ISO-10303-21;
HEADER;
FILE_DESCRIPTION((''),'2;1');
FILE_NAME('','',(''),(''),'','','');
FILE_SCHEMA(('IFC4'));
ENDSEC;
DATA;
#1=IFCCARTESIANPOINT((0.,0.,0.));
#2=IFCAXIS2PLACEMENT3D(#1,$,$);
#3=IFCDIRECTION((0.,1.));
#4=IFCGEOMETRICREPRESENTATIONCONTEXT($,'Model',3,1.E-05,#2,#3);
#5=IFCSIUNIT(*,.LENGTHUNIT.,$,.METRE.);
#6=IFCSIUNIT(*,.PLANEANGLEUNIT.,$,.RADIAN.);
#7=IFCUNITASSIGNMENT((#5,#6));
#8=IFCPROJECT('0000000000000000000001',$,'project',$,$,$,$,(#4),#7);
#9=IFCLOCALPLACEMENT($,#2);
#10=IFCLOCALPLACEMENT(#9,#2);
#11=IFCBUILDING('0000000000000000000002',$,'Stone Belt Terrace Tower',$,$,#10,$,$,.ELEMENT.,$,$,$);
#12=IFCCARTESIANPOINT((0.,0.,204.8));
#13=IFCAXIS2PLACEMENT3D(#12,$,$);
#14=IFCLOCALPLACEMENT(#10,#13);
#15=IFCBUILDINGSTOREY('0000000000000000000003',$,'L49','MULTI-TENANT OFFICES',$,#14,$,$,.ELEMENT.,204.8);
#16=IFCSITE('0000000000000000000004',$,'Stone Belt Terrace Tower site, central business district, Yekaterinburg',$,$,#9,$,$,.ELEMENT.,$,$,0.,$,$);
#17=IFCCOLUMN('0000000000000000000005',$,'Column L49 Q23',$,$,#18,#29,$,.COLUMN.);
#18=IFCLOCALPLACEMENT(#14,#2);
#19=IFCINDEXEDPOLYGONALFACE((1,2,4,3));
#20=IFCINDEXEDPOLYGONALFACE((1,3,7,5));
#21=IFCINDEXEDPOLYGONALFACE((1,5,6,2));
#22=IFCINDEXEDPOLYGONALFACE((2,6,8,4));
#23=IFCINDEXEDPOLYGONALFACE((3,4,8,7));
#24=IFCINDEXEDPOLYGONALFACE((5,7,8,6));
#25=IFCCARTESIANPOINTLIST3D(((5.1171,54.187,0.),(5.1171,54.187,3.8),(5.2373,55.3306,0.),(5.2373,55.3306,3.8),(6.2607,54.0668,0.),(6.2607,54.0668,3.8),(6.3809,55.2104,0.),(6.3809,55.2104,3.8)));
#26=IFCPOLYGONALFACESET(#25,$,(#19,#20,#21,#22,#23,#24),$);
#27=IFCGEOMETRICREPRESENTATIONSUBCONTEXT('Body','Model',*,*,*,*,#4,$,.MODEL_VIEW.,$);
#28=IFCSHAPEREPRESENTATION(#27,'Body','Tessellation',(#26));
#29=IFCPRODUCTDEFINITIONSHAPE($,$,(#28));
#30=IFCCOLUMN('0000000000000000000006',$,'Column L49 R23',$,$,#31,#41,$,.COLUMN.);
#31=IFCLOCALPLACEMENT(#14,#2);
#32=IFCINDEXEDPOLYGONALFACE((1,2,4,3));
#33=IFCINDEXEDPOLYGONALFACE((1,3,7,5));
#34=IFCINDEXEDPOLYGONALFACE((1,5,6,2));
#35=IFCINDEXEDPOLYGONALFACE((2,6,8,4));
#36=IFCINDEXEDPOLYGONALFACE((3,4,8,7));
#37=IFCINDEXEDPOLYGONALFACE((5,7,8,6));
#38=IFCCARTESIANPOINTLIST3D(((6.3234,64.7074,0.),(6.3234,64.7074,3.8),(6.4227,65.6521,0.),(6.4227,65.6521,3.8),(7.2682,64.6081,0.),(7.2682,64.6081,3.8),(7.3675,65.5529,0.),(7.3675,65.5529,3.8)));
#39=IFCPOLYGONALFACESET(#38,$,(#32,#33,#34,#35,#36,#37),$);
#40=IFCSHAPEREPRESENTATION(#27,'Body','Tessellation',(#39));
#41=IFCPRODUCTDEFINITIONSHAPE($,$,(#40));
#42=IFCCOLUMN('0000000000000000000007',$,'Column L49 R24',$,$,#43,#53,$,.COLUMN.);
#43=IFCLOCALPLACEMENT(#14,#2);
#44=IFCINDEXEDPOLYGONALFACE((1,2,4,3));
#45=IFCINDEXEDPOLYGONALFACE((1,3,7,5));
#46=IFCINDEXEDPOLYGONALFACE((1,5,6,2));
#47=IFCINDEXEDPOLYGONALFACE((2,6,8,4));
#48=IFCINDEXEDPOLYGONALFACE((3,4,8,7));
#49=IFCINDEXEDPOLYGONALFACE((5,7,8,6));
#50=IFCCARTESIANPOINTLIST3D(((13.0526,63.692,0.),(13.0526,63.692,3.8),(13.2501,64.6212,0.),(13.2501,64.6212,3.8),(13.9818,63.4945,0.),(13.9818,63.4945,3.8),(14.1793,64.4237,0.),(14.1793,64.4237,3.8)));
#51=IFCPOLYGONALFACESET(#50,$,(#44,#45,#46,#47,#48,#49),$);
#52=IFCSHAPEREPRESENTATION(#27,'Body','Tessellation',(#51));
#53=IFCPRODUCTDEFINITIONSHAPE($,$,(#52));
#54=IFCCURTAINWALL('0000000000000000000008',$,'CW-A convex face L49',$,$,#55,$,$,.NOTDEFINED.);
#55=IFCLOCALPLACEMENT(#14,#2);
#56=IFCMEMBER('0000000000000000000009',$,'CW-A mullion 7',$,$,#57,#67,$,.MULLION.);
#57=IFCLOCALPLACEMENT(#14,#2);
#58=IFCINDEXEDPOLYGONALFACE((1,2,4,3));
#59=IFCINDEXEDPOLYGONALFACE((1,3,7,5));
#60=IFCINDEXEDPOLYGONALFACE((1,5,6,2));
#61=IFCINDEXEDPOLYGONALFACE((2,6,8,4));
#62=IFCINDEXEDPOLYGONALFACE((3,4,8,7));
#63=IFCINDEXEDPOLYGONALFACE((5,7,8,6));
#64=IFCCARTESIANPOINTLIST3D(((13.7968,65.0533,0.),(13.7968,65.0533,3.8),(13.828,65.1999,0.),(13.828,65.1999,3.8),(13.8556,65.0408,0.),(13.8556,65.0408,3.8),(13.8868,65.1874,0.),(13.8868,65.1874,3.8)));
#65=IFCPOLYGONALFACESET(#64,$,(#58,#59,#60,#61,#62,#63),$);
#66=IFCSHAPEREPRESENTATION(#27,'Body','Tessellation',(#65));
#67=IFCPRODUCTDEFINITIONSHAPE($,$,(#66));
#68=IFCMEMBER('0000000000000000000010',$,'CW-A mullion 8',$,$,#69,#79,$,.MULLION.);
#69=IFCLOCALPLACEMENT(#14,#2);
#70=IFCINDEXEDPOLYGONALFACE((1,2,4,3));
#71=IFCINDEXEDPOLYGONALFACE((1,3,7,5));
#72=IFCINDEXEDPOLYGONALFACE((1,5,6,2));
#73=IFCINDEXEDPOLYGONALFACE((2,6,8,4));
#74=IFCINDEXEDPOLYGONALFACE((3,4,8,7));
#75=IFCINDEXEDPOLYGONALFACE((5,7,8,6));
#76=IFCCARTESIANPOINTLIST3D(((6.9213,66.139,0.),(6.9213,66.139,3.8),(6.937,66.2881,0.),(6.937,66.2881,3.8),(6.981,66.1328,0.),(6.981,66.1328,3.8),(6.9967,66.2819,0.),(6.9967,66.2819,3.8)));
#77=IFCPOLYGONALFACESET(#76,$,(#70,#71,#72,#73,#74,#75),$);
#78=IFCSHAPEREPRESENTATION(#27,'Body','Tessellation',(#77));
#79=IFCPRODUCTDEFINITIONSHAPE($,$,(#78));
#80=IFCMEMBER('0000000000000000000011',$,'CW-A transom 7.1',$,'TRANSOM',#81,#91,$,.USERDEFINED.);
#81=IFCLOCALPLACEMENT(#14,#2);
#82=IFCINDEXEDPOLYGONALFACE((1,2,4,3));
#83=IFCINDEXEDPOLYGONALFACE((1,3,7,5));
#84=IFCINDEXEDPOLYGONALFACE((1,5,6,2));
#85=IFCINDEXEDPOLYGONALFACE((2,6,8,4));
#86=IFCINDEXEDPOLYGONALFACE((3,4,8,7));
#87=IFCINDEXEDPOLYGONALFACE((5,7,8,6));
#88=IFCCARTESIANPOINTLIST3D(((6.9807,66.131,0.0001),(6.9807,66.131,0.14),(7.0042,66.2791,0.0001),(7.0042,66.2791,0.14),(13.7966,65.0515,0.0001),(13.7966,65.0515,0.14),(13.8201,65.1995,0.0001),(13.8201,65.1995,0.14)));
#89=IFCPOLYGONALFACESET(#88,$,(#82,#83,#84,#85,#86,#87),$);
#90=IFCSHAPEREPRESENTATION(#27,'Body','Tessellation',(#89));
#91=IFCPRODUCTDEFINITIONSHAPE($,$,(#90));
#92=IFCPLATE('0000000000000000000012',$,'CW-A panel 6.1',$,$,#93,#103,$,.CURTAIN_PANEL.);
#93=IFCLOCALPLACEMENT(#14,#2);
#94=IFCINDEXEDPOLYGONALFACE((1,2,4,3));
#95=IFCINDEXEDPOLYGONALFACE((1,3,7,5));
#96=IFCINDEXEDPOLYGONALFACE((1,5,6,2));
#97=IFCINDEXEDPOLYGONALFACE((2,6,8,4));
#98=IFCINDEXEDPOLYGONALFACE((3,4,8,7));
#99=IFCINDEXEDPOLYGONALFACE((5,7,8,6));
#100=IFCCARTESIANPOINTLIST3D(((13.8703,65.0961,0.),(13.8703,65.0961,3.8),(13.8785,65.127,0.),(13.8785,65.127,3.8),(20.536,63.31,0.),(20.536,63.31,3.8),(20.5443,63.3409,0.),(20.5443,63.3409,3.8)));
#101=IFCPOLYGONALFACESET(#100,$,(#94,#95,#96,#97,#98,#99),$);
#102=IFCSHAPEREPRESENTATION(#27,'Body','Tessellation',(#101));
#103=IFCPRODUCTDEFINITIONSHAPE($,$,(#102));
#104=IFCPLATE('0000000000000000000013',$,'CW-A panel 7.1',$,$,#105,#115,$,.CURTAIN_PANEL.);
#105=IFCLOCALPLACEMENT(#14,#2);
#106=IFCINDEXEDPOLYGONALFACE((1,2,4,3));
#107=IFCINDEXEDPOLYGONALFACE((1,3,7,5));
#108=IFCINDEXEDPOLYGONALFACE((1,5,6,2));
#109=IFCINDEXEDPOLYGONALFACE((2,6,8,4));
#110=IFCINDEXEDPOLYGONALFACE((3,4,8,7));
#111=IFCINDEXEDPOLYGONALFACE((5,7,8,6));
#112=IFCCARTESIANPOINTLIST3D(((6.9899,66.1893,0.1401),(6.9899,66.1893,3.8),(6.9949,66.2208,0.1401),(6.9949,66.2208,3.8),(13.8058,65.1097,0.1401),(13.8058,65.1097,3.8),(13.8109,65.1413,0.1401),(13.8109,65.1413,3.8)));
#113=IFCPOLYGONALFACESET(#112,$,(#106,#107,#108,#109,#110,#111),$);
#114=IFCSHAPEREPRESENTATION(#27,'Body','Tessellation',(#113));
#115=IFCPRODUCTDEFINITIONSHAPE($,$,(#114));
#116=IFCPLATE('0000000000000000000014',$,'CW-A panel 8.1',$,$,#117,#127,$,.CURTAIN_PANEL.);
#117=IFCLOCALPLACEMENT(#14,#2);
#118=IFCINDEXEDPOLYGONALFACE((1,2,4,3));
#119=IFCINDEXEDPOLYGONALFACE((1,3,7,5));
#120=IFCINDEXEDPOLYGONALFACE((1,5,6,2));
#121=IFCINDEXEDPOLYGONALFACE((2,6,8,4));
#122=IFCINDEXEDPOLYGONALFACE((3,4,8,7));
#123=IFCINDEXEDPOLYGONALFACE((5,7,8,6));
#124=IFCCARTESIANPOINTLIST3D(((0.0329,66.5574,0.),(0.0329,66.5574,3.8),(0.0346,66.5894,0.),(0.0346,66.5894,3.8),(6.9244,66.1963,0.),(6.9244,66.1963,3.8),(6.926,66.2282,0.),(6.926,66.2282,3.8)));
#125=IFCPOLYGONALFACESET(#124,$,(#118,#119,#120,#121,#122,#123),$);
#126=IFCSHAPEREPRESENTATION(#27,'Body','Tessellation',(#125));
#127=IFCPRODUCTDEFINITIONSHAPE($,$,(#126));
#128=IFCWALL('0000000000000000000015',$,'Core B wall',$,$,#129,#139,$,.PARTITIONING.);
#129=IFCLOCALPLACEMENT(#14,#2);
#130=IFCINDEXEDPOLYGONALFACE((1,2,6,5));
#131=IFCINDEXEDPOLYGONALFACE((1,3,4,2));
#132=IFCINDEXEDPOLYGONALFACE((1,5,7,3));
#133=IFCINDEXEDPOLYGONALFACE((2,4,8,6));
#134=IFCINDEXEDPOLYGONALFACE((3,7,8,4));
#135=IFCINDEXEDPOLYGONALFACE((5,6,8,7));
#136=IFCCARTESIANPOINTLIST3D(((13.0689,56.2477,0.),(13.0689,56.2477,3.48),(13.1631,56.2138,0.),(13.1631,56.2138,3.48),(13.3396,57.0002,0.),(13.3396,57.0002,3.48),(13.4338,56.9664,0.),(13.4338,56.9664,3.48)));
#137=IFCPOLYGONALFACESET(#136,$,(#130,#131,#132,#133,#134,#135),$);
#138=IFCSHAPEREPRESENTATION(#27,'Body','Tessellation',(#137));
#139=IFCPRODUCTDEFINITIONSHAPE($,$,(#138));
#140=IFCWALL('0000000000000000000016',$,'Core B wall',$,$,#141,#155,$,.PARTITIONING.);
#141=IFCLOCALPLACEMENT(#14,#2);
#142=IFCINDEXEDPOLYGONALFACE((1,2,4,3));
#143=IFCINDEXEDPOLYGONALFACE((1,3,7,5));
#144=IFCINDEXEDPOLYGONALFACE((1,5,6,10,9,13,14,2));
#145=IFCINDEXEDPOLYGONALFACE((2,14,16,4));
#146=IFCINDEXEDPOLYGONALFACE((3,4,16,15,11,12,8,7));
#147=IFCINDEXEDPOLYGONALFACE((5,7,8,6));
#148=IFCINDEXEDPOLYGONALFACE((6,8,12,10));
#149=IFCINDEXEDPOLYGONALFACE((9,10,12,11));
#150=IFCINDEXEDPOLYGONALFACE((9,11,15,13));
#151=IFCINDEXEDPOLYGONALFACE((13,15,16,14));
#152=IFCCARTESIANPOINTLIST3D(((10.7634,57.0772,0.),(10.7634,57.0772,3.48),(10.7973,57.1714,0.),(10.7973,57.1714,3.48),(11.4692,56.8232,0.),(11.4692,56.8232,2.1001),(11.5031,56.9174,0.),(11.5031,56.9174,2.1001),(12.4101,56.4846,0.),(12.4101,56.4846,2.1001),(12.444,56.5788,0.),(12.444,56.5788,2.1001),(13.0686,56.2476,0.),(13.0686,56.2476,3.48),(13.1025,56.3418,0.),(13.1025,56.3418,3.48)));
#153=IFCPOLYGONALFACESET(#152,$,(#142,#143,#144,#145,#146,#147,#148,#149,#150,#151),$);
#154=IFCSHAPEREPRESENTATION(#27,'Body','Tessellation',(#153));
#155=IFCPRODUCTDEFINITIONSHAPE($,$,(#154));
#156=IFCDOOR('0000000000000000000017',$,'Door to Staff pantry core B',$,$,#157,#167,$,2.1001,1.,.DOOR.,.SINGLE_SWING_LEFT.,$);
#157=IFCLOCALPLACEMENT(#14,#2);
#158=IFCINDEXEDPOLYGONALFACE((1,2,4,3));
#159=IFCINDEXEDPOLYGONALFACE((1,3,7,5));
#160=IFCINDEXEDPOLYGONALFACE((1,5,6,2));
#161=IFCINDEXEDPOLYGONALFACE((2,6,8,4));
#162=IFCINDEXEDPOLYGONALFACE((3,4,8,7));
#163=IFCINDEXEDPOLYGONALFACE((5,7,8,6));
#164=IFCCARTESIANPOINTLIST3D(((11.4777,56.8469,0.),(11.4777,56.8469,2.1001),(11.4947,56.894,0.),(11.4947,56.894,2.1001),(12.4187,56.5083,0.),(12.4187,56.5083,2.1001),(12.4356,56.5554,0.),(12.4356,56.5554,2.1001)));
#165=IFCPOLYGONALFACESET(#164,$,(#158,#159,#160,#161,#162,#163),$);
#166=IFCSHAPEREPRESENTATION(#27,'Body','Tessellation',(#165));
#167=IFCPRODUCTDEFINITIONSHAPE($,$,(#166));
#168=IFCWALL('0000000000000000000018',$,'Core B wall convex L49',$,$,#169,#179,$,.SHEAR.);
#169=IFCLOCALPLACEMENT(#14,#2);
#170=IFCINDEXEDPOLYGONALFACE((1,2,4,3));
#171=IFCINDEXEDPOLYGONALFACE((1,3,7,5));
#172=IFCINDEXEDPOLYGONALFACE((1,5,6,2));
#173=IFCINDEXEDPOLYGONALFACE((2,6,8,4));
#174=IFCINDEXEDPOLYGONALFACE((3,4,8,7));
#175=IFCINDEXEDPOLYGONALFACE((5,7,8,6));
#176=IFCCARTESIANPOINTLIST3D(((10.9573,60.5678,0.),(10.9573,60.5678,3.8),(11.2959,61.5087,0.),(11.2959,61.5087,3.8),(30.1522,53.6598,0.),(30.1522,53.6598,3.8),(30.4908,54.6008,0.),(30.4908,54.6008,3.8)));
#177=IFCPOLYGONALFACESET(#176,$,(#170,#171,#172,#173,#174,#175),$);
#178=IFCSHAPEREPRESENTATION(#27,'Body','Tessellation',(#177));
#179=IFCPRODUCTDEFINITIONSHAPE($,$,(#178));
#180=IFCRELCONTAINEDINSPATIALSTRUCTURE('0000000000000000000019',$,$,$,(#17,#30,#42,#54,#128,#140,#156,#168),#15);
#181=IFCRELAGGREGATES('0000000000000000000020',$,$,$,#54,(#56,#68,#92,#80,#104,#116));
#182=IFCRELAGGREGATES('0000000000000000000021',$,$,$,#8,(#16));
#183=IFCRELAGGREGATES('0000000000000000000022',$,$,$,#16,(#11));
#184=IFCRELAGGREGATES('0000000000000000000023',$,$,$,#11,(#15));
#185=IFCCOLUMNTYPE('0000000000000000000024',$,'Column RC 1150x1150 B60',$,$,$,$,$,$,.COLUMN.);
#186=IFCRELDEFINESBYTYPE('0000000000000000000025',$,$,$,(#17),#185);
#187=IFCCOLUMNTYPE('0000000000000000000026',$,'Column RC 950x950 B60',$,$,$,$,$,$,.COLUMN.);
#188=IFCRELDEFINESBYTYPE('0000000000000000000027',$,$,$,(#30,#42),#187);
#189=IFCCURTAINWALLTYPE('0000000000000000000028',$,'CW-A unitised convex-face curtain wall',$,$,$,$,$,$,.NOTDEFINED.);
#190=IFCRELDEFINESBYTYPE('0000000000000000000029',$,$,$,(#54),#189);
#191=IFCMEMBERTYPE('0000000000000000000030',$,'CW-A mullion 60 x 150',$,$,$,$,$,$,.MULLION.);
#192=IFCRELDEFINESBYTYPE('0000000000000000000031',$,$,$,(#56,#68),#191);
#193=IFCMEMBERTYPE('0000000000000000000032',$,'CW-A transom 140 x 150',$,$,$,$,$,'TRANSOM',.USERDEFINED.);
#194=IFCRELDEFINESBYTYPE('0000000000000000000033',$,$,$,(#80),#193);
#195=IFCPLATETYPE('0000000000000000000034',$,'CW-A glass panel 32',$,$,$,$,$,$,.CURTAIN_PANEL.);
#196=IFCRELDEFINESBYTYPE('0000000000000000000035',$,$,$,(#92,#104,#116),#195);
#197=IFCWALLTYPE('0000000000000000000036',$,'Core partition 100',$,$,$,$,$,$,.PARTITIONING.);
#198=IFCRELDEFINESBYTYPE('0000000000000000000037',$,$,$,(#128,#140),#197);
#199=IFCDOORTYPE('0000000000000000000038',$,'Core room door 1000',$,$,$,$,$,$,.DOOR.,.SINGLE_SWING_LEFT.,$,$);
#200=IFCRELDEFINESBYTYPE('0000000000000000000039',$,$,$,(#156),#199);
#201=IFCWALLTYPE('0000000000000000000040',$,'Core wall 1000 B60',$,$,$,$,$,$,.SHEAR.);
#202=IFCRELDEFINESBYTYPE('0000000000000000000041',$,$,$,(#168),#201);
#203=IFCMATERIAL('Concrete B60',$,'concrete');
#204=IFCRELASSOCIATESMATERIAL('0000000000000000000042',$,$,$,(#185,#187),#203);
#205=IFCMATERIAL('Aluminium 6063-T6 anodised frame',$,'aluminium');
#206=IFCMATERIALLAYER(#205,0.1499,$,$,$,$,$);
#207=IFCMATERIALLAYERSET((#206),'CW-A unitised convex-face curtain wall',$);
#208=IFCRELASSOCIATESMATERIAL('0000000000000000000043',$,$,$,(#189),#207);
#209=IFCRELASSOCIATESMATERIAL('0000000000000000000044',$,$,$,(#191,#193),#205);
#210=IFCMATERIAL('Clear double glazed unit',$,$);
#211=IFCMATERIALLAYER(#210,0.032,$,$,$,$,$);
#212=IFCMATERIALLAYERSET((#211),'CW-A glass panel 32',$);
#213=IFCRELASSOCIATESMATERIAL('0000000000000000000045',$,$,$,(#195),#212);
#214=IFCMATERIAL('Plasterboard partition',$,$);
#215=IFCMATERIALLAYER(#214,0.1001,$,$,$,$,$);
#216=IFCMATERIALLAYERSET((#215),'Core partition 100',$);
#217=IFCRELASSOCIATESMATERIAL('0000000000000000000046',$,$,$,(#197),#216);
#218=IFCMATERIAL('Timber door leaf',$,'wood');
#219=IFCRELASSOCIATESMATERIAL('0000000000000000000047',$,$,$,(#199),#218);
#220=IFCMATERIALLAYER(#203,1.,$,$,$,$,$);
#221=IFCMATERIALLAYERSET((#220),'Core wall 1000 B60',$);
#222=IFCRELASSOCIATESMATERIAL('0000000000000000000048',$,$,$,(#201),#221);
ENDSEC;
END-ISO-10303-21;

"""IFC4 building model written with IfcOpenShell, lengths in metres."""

from ifc_helpers import new_model, si_unit, direction, frame, frame_2d, origin, origin_2d, place, context, subcontext, project, spatial, rectangle, extrude, material, layer, layer_set, material_profile, profile_set, type_object, element, fill, aggregate, save


model = new_model("IFC4")

# Units and contexts
model_context = context("Model", 3, precision=1e-05, world=origin(), true_north=direction((0.0, 1.0)))
body_context = subcontext(model_context, "Body", "Model", "MODEL_VIEW")
ifc_project = project(units=[si_unit("LENGTHUNIT", "METRE"), si_unit("PLANEANGLEUNIT", "RADIAN")], contexts=[model_context])

# Site, building, storey
site_placement = place(None, origin())
site = spatial("IfcSite", under=ifc_project, at=site_placement, Name="Stone Belt Terrace Tower site, central business district, Yekaterinburg", CompositionType="ELEMENT", RefElevation=0.0)
building_placement = place(site_placement, origin())
building = spatial("IfcBuilding", under=site, at=building_placement, Name="Stone Belt Terrace Tower", CompositionType="ELEMENT")
storey_placement = place(building_placement, frame((0.0, 0.0, 204.8)))
storey = spatial("IfcBuildingStorey", under=building, at=storey_placement, Name="L49", Description="MULTI-TENANT OFFICES", CompositionType="ELEMENT", Elevation=204.8)

# Columns
ifc_material_1 = material(Name="Concrete B60", Category="concrete")
ifc_material_profile_1 = material_profile(ifc_material_1, rectangle(XDim=1.1499, YDim=1.1499, at=origin_2d()), Name="RC 1150x1150")
ifc_profile_set_1 = profile_set([ifc_material_profile_1], Name="Concrete B60")
column_type_1 = type_object("IfcColumnType", Name="Column RC 1150x1150 B60", PredefinedType="COLUMN", material=ifc_profile_set_1)
column_placement = place(storey_placement, frame((5.749, 54.6987, 0.0), z_axis=(0.0, 0.0, 1.0), x_axis=(0.994522, -0.104528, 0.0)))
element("IfcColumn", 1, at=column_placement, inside=storey, type_object=column_type_1, Name="Column L49 Q23", PredefinedType="COLUMN", context=body_context, shape_type="SweptSolid", body=[
    extrude(rectangle(XDim=1.1499, YDim=1.1499, at=origin_2d()), origin(), (0.0, 0.0, 1.0), 3.8),
])
ifc_material_profile_2 = material_profile(ifc_material_1, rectangle(XDim=0.95, YDim=0.95, at=origin_2d()), Name="RC 950x950")
ifc_profile_set_2 = profile_set([ifc_material_profile_2], Name="Concrete B60")
column_type_2 = type_object("IfcColumnType", Name="Column RC 950x950 B60", PredefinedType="COLUMN", material=ifc_profile_set_2)
for number, where, z_axis, x_axis, name in (
    (2, (6.8455, 65.1301, 0.0), (0.0, 0.0, 1.0), (0.994522, -0.104528, 0.0), "Column L49 R23"),
    (3, (13.616, 64.0579, 0.0), (0.0, 0.0, 1.0), (0.978148, -0.207912, 0.0), "Column L49 R24"),
):
    element("IfcColumn", number, at=place(storey_placement, frame(where, z_axis=z_axis, x_axis=x_axis)), inside=storey, type_object=column_type_2, Name=name, PredefinedType="COLUMN", context=body_context, shape_type="SweptSolid", body=[
        extrude(rectangle(XDim=0.95, YDim=0.95, at=origin_2d()), origin(), (0.0, 0.0, 1.0), 3.8),
    ])

# Curtain wall, members, plates
ifc_material_2 = material(Name="Aluminium 6063-T6 anodised frame", Category="aluminium")
ifc_layer_1 = layer(ifc_material_2, 0.1499)
ifc_layer_set_1 = layer_set([ifc_layer_1], Name="CW-A unitised convex-face curtain wall")
curtain_wall_type = type_object("IfcCurtainWallType", Name="CW-A unitised convex-face curtain wall", PredefinedType="NOTDEFINED", material=ifc_layer_set_1)
curtain_wall_placement = place(storey_placement, origin())
curtain_wall = element("IfcCurtainWall", 4, at=curtain_wall_placement, inside=storey, type_object=curtain_wall_type, Name="CW-A convex face L49", PredefinedType="NOTDEFINED")
ifc_material_profile_3 = material_profile(ifc_material_2, rectangle(XDim=0.1499, YDim=0.0601, at=origin_2d()), Name="Aluminium 6063-T6 60x150")
ifc_profile_set_3 = profile_set([ifc_material_profile_3], Name="Aluminium 6063-T6 anodised frame")
member_type_1 = type_object("IfcMemberType", Name="CW-A mullion 60 x 150", PredefinedType="MULLION", material=ifc_profile_set_3)
member_1_placement = place(storey_placement, frame((13.8418, 65.1204, 0.0), z_axis=(0.0, 0.0, 1.0), x_axis=(-0.207912, -0.978148, 0.0)))
member_1 = element("IfcMember", 5, at=member_1_placement, type_object=member_type_1, Name="CW-A mullion 7", PredefinedType="MULLION", context=body_context, shape_type="SweptSolid", body=[
    extrude(rectangle(XDim=0.1499, YDim=0.0601, at=origin_2d()), origin(), (0.0, 0.0, 1.0), 3.8),
])
member_2_placement = place(storey_placement, frame((6.959, 66.2104, 0.0), z_axis=(0.0, 0.0, 1.0), x_axis=(-0.104528, -0.994522, 0.0)))
member_2 = element("IfcMember", 6, at=member_2_placement, type_object=member_type_1, Name="CW-A mullion 8", PredefinedType="MULLION", context=body_context, shape_type="SweptSolid", body=[
    extrude(rectangle(XDim=0.1499, YDim=0.0601, at=origin_2d()), origin(), (0.0, 0.0, 1.0), 3.8),
])
ifc_material_profile_4 = material_profile(ifc_material_2, rectangle(XDim=0.1499, YDim=0.1399, at=origin_2d()), Name="Aluminium 6063-T6 150x140")
ifc_profile_set_4 = profile_set([ifc_material_profile_4], Name="Aluminium 6063-T6 anodised frame")
member_type_2 = type_object("IfcMemberType", Name="CW-A transom 140 x 150", ElementType="TRANSOM", PredefinedType="USERDEFINED", material=ifc_profile_set_4)
member_3_placement = place(storey_placement, frame((13.8083, 65.1255, 0.0701), z_axis=(-0.987687, 0.156442, 0.0), x_axis=(-0.156442, -0.987687, 0.0)))
member_3 = element("IfcMember", 7, at=member_3_placement, type_object=member_type_2, Name="CW-A transom 7.1", ObjectType="TRANSOM", PredefinedType="USERDEFINED", context=body_context, shape_type="SweptSolid", body=[
    extrude(rectangle(XDim=0.1499, YDim=0.1399, at=origin_2d()), origin(), (0.0, 0.0, 1.0), 6.9009),
])
ifc_material_3 = material(Name="Clear double glazed unit")
ifc_layer_2 = layer(ifc_material_3, 0.032)
ifc_layer_set_2 = layer_set([ifc_layer_2], Name="CW-A glass panel 32")
plate_type = type_object("IfcPlateType", Name="CW-A glass panel 32", PredefinedType="CURTAIN_PANEL", material=ifc_layer_set_2)
plate_1_placement = place(storey_placement, frame((17.2073, 64.2185, 0.0), z_axis=(0.0, 0.0, 1.0), x_axis=(-0.965926, 0.258819, 0.0)))
plate_1 = element("IfcPlate", 8, at=plate_1_placement, type_object=plate_type, Name="CW-A panel 6.1", PredefinedType="CURTAIN_PANEL", context=body_context, shape_type="SweptSolid", body=[
    extrude(rectangle(XDim=6.9009, YDim=0.032, at=origin_2d()), origin(), (0.0, 0.0, 1.0), 3.8),
])
plate_2_placement = place(storey_placement, frame((10.4004, 65.6653, 0.1401), z_axis=(0.0, 0.0, 1.0), x_axis=(-0.987688, 0.156434, 0.0)))
plate_2 = element("IfcPlate", 9, at=plate_2_placement, type_object=plate_type, Name="CW-A panel 7.1", PredefinedType="CURTAIN_PANEL", context=body_context, shape_type="SweptSolid", body=[
    extrude(rectangle(XDim=6.9009, YDim=0.032, at=origin_2d()), origin(), (0.0, 0.0, 1.0), 3.6599),
])
plate_3_placement = place(storey_placement, frame((3.4795, 66.3928, 0.0), z_axis=(0.0, 0.0, 1.0), x_axis=(-0.99863, 0.052336, 0.0)))
plate_3 = element("IfcPlate", 10, at=plate_3_placement, type_object=plate_type, Name="CW-A panel 8.1", PredefinedType="CURTAIN_PANEL", context=body_context, shape_type="SweptSolid", body=[
    extrude(rectangle(XDim=6.9009, YDim=0.032, at=origin_2d()), origin(), (0.0, 0.0, 1.0), 3.8),
])
aggregate(curtain_wall, [member_1, member_2, plate_1, member_3, plate_2, plate_3])

# Wall
ifc_material_4 = material(Name="Plasterboard partition")
ifc_layer_3 = layer(ifc_material_4, 0.1001)
ifc_layer_set_3 = layer_set([ifc_layer_3], Name="Core partition 100")
wall_type_1 = type_object("IfcWallType", Name="Core partition 100", PredefinedType="PARTITIONING", material=ifc_layer_set_3)
wall_1_placement = place(storey_placement, frame((13.116, 56.2307, 0.0), z_axis=(0.0, 0.0, 1.0), x_axis=(0.338482, 0.940973, 0.0)))
element("IfcWall", 11, at=wall_1_placement, inside=storey, type_object=wall_type_1, Name="Core B wall", PredefinedType="PARTITIONING", context=body_context, shape_type="SweptSolid", body=[
    extrude(rectangle(XDim=0.7998, YDim=0.1001, at=frame_2d((0.3999, 0.0))), origin(), (0.0, 0.0, 1.0), 3.48),
])

# Wall, opening, door
wall_2_placement = place(storey_placement, frame((13.0857, 56.2947, 0.0), z_axis=(0.0, 0.0, 1.0), x_axis=(-0.940923, 0.338621, 0.0)))
wall_2 = element("IfcWall", 12, at=wall_2_placement, inside=storey, type_object=wall_type_1, Name="Core B wall", PredefinedType="PARTITIONING", context=body_context, shape_type="SweptSolid", body=[
    extrude(rectangle(XDim=2.45, YDim=0.1001, at=frame_2d((1.2251, 0.0))), origin(), (0.0, 0.0, 1.0), 3.48),
])
opening_1_placement = place(wall_2_placement, frame((0.7, 0.0, 0.0)))
opening_1 = element("IfcOpeningElement", 13, at=opening_1_placement, cuts=wall_2, PredefinedType="OPENING", context=body_context, shape_type="SweptSolid", body=[
    extrude(rectangle(XDim=1.0, YDim=2.1001, at=frame_2d((0.5, 1.05))), frame((0.0, 0.0601, 0.0), z_axis=(0.0, -1.0, 0.0), x_axis=(1.0, 0.0, 0.0)), (0.0, 0.0, 1.0), 0.1201),
])
ifc_material_5 = material(Name="Timber door leaf", Category="wood")
door_type_1 = type_object("IfcDoorType", Name="Core room door 1000", OperationType="SINGLE_SWING_LEFT", PredefinedType="DOOR", material=ifc_material_5)
door_1_placement = place(opening_1_placement, origin())
door_1 = element("IfcDoor", 14, at=door_1_placement, inside=storey, type_object=door_type_1, Name="Door to Staff pantry core B", OperationType="SINGLE_SWING_LEFT", OverallHeight=2.1001, OverallWidth=1.0, PredefinedType="DOOR", context=body_context, shape_type="SweptSolid", body=[
    extrude(rectangle(XDim=1.0, YDim=2.1001, at=frame_2d((0.5, 1.05))), frame((0.0, 0.0249, 0.0), z_axis=(0.0, -1.0, 0.0), x_axis=(1.0, 0.0, 0.0)), (0.0, 0.0, 1.0), 0.05),
])
fill(opening_1, door_1)

# Wall
ifc_layer_4 = layer(ifc_material_1, 1.0)
ifc_layer_set_4 = layer_set([ifc_layer_4], Name="Core wall 1000 B60")
wall_type_2 = type_object("IfcWallType", Name="Core wall 1000 B60", PredefinedType="SHEAR", material=ifc_layer_set_4)
wall_3_placement = place(storey_placement, frame((11.1265, 61.0383, 0.0), z_axis=(0.0, 0.0, 1.0), x_axis=(0.940921, -0.338625, 0.0)))
element("IfcWall", 15, at=wall_3_placement, inside=storey, type_object=wall_type_2, Name="Core B wall convex L49", PredefinedType="SHEAR", context=body_context, shape_type="SweptSolid", body=[
    extrude(rectangle(XDim=20.4001, YDim=1.0, at=frame_2d((10.2002, 0.0))), origin(), (0.0, 0.0, 1.0), 3.8),
])

save(model, "model.ifc")
